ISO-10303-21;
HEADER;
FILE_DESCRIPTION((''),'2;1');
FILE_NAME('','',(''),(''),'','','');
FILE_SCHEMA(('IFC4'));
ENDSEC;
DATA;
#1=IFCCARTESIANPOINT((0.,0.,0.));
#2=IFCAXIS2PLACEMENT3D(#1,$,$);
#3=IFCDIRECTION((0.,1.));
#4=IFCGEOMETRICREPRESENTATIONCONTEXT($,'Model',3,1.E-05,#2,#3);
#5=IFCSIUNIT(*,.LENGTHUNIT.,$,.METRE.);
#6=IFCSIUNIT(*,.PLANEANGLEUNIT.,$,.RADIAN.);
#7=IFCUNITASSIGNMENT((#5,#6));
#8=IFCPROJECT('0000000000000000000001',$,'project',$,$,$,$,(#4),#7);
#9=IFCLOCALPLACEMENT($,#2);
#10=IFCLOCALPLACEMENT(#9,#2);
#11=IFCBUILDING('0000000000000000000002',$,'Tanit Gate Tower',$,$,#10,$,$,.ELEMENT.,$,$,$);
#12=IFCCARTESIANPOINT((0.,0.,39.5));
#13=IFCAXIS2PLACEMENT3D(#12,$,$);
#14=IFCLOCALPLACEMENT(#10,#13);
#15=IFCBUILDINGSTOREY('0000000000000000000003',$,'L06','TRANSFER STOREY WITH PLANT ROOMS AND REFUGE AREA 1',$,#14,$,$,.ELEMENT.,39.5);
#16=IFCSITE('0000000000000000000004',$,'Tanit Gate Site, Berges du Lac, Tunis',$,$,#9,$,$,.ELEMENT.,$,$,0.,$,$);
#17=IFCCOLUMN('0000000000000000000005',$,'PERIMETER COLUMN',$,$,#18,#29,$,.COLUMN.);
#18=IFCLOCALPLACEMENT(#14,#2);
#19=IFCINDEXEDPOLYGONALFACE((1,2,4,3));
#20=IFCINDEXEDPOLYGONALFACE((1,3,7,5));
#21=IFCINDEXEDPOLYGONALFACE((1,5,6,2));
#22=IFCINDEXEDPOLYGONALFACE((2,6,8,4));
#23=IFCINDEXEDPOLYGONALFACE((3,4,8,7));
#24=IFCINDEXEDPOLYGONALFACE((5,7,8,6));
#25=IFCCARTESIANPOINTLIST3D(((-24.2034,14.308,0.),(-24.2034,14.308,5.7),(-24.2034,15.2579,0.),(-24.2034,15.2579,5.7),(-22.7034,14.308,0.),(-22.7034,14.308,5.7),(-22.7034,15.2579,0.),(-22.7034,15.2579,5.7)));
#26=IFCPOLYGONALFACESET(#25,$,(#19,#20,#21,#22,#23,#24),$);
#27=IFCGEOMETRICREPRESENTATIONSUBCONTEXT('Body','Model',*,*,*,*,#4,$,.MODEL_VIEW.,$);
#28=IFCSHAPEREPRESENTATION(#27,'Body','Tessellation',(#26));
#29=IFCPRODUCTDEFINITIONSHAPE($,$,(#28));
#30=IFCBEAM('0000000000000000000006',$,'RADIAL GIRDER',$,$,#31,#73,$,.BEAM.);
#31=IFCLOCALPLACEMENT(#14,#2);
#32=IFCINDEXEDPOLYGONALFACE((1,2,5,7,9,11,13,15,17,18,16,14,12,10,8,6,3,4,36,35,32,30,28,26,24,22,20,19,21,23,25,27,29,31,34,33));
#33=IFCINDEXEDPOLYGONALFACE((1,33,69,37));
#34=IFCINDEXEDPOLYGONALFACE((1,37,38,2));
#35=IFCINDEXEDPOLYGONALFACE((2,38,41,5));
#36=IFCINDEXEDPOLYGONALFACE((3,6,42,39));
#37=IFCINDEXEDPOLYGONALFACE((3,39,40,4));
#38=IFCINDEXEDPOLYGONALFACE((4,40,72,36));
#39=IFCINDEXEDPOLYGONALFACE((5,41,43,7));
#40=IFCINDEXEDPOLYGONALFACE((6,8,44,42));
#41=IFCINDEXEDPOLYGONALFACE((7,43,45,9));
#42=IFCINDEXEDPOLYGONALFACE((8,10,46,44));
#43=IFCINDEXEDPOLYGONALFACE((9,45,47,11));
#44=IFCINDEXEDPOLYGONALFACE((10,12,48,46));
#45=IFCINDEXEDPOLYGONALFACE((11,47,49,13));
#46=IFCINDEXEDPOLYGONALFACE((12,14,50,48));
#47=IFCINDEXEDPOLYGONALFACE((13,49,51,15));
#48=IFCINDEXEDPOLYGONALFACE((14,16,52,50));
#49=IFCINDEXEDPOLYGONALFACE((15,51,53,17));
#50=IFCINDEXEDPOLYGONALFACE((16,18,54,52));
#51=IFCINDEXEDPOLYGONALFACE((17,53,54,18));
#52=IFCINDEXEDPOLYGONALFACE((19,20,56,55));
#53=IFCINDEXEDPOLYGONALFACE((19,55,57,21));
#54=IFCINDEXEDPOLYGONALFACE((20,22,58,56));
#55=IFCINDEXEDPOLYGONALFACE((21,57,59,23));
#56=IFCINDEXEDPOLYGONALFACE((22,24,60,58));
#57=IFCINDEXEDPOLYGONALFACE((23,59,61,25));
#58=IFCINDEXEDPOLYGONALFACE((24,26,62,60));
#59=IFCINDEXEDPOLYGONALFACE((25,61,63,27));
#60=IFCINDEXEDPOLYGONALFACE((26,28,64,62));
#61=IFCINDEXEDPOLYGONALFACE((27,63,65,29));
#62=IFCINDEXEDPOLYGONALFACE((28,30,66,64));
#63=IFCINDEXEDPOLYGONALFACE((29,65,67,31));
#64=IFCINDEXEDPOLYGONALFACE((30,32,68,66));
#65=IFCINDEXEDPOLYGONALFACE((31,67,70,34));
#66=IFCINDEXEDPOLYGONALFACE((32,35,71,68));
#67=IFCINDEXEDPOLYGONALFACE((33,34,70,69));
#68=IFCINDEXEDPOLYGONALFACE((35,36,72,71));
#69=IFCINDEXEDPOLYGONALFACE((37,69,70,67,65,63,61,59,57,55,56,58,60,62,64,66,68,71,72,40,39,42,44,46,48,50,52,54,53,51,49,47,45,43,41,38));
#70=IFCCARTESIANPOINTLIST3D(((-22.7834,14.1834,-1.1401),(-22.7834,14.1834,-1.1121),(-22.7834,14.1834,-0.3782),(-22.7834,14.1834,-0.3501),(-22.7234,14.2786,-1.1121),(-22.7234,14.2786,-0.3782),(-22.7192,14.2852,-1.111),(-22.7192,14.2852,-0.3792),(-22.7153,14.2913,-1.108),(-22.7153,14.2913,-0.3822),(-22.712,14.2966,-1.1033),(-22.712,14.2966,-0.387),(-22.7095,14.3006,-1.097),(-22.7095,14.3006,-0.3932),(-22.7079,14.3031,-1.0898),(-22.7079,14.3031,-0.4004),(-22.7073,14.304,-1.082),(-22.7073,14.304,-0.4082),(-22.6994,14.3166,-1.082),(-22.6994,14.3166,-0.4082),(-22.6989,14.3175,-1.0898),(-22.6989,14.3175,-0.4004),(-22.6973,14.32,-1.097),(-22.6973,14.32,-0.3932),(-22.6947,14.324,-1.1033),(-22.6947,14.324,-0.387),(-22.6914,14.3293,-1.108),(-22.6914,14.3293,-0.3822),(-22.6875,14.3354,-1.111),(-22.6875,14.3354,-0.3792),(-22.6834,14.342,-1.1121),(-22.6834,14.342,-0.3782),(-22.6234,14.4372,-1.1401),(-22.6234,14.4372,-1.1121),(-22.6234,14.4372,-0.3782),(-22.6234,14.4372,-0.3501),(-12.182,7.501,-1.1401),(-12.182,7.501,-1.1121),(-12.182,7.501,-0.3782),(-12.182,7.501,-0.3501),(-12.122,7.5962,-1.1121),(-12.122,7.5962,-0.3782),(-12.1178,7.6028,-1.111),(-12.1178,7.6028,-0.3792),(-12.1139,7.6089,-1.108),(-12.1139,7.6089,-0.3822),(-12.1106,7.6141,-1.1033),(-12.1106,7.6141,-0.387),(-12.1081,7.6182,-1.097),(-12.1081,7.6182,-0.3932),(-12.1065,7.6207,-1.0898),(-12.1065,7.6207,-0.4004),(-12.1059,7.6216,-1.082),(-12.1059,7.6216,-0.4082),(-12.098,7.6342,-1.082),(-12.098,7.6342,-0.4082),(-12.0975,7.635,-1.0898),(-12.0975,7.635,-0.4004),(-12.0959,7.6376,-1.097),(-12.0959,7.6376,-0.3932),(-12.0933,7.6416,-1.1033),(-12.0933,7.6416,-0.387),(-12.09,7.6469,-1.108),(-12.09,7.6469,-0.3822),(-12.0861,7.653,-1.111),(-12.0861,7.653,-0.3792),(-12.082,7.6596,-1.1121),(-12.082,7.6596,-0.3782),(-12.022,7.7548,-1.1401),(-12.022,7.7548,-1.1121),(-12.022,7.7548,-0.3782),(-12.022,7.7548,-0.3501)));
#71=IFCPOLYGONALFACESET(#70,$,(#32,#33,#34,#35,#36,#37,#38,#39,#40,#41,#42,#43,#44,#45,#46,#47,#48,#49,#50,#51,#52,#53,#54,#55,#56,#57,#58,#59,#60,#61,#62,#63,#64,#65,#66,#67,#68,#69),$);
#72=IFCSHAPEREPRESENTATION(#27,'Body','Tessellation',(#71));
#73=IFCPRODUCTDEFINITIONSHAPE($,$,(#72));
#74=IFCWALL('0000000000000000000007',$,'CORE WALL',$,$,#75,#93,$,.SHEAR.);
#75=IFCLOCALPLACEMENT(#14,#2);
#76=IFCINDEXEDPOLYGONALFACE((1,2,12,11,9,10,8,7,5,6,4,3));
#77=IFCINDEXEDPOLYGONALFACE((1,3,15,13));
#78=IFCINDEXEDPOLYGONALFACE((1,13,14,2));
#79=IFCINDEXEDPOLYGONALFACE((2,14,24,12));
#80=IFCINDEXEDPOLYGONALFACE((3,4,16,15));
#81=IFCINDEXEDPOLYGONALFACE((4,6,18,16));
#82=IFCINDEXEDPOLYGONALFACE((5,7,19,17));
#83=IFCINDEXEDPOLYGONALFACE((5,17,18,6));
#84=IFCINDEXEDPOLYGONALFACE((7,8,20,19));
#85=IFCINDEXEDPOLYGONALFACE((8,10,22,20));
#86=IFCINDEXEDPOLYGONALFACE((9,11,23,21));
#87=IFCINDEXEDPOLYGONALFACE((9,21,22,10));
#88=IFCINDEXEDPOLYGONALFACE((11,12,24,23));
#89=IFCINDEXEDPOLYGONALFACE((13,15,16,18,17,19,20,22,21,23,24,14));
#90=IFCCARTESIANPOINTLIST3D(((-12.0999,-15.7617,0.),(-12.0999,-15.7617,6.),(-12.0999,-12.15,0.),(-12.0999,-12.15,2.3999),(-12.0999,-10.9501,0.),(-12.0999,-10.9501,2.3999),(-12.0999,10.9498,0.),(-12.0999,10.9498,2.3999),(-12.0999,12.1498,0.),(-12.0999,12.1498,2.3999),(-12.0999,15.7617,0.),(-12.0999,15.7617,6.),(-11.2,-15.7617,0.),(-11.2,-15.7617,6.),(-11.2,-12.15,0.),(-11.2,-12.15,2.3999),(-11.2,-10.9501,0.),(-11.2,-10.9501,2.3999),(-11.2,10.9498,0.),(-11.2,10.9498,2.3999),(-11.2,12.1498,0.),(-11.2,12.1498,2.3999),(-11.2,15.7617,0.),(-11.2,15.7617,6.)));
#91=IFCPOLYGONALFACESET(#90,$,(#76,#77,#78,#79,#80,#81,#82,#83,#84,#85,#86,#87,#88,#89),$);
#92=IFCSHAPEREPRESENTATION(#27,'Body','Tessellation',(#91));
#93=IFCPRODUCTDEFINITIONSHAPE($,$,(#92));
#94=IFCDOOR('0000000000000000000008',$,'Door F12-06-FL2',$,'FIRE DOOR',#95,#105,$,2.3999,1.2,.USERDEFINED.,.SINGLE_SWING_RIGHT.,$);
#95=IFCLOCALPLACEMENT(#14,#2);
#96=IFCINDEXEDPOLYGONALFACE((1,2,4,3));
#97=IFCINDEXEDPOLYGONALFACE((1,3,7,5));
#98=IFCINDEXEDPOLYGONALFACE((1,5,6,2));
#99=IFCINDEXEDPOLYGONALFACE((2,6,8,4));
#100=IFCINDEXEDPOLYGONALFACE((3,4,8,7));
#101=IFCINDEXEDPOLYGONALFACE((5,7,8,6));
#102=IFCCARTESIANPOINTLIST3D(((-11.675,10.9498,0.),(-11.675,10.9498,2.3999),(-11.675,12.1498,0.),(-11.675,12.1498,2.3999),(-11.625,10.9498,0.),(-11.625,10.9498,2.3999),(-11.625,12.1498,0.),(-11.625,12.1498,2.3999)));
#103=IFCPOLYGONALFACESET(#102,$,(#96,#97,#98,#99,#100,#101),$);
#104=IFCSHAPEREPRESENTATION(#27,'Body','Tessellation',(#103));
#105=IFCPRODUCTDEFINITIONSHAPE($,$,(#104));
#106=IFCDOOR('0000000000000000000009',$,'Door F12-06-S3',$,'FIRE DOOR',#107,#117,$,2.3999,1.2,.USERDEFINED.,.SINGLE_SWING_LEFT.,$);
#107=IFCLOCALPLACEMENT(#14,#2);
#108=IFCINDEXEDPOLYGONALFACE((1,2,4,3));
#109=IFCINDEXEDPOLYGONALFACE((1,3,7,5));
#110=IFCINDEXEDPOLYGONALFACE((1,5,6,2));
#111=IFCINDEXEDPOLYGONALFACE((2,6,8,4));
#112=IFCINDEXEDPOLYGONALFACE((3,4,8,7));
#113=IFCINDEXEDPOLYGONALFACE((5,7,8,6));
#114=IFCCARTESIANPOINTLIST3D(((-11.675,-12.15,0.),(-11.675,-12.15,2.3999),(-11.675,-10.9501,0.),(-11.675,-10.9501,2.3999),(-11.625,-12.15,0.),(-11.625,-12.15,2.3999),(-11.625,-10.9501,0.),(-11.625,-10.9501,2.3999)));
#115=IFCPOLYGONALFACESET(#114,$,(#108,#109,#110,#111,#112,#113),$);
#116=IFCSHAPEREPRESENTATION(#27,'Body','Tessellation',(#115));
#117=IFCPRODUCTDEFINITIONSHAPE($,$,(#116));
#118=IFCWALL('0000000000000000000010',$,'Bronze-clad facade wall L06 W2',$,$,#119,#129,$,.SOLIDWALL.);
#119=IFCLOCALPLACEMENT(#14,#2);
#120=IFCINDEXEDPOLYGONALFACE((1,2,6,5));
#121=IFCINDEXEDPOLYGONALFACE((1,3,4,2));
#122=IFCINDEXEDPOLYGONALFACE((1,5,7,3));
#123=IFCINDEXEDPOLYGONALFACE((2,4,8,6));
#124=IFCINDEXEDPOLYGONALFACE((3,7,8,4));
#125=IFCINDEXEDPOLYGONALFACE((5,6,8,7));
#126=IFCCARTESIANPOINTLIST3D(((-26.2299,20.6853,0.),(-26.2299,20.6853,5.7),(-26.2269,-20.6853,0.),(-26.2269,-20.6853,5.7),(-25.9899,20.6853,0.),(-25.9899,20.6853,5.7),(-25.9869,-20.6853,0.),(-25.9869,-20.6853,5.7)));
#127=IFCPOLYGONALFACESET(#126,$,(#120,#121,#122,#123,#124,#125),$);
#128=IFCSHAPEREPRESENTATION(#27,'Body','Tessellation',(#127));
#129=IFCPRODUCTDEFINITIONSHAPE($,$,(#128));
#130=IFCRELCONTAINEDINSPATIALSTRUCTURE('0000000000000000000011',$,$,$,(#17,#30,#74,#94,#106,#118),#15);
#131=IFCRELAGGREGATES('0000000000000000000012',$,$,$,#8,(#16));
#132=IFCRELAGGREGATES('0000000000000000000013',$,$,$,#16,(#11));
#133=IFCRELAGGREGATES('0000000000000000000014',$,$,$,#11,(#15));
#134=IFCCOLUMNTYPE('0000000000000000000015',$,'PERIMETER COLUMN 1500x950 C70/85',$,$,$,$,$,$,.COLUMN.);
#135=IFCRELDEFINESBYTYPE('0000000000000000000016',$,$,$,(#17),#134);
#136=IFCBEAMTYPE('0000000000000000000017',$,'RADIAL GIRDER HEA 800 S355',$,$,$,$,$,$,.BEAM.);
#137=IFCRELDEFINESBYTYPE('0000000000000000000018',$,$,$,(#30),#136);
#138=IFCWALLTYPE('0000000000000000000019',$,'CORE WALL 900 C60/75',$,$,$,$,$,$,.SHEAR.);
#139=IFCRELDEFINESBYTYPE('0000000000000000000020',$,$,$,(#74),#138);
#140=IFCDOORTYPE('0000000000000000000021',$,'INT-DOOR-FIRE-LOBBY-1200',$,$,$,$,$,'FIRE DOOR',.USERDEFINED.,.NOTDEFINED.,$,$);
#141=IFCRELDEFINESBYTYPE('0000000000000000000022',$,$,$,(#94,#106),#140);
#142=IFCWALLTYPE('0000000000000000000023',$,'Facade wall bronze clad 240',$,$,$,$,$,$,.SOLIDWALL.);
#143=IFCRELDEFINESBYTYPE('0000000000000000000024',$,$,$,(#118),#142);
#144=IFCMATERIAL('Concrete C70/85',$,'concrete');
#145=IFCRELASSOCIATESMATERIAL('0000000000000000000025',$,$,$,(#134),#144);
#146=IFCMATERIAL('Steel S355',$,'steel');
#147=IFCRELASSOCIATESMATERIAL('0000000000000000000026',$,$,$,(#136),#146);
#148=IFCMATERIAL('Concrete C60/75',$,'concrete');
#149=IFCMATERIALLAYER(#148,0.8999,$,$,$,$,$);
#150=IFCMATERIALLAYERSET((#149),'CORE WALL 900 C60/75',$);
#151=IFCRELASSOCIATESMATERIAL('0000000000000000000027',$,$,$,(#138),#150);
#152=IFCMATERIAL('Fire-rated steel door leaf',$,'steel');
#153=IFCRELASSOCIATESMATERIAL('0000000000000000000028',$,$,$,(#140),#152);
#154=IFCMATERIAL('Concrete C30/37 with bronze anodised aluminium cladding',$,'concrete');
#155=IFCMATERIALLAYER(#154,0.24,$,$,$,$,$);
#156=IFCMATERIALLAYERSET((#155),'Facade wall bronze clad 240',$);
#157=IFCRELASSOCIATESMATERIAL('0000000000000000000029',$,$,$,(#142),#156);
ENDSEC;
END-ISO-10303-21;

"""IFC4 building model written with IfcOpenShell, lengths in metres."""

from ifc_helpers import new_model, si_unit, direction, frame, frame_2d, origin, origin_2d, place, context, subcontext, project, spatial, rectangle, i_section, extrude, material, layer, layer_set, material_profile, profile_set, type_object, element, fill, save


model = new_model("IFC4")

# Units and contexts
model_context = context("Model", 3, precision=1e-05, world=origin(), true_north=direction((0.0, 1.0)))
body_context = subcontext(model_context, "Body", "Model", "MODEL_VIEW")
ifc_project = project(units=[si_unit("LENGTHUNIT", "METRE"), si_unit("PLANEANGLEUNIT", "RADIAN")], contexts=[model_context])

# Site, building, storey
site_placement = place(None, origin())
site = spatial("IfcSite", under=ifc_project, at=site_placement, Name="Tanit Gate Site, Berges du Lac, Tunis", CompositionType="ELEMENT", RefElevation=0.0)
building_placement = place(site_placement, origin())
building = spatial("IfcBuilding", under=site, at=building_placement, Name="Tanit Gate Tower", CompositionType="ELEMENT")
storey_placement = place(building_placement, frame((0.0, 0.0, 39.5)))
storey = spatial("IfcBuildingStorey", under=building, at=storey_placement, Name="L06", Description="TRANSFER STOREY WITH PLANT ROOMS AND REFUGE AREA 1", CompositionType="ELEMENT", Elevation=39.5)

# Column
ifc_material_1 = material(Name="Concrete C70/85", Category="concrete")
ifc_material_profile_1 = material_profile(ifc_material_1, rectangle(XDim=1.5, YDim=0.95, at=origin_2d()), Name="RC 1500x950")
ifc_profile_set_1 = profile_set([ifc_material_profile_1], Name="Concrete C70/85")
column_type = type_object("IfcColumnType", Name="PERIMETER COLUMN 1500x950 C70/85", PredefinedType="COLUMN", material=ifc_profile_set_1)
column_placement = place(storey_placement, frame((-23.4534, 14.783, 0.0), z_axis=(0.0, 0.0, 1.0), x_axis=(-1.0, 0.0, 0.0)))
element("IfcColumn", 1, at=column_placement, inside=storey, type_object=column_type, Name="PERIMETER COLUMN", PredefinedType="COLUMN", context=body_context, shape_type="SweptSolid", body=[
    extrude(rectangle(XDim=1.5, YDim=0.95, at=origin_2d()), origin(), (0.0, 0.0, 1.0), 5.7),
])

# Beam
ifc_material_2 = material(Name="Steel S355", Category="steel")
ifc_material_profile_2 = material_profile(ifc_material_2, i_section(OverallWidth=0.3, OverallDepth=0.79, WebThickness=0.0149, FlangeThickness=0.0281, FilletRadius=0.03, at=origin_2d()), Name="HEA 800")
ifc_profile_set_2 = profile_set([ifc_material_profile_2], Name="Steel S355")
beam_type = type_object("IfcBeamType", Name="RADIAL GIRDER HEA 800 S355", PredefinedType="BEAM", material=ifc_profile_set_2)
beam_placement = place(storey_placement, frame((-22.7034, 14.3103, -0.7451), z_axis=(0.845964, -0.53324, 0.0), x_axis=(0.53324, 0.845964, 0.0)))
element("IfcBeam", 2, at=beam_placement, inside=storey, type_object=beam_type, Name="RADIAL GIRDER", PredefinedType="BEAM", context=body_context, shape_type="SweptSolid", body=[
    extrude(i_section(OverallWidth=0.3, OverallDepth=0.79, WebThickness=0.0149, FlangeThickness=0.0281, FilletRadius=0.03, at=origin_2d()), origin(), (0.0, 0.0, 1.0), 12.5317),
])

# Wall, openings, doors
ifc_material_3 = material(Name="Concrete C60/75", Category="concrete")
ifc_layer_1 = layer(ifc_material_3, 0.8999)
ifc_layer_set_1 = layer_set([ifc_layer_1], Name="CORE WALL 900 C60/75")
wall_type_1 = type_object("IfcWallType", Name="CORE WALL 900 C60/75", PredefinedType="SHEAR", material=ifc_layer_set_1)
wall_1_placement = place(storey_placement, frame((-11.6499, 15.7617, 0.0), z_axis=(0.0, 0.0, 1.0), x_axis=(0.0, -1.0, 0.0)))
wall_1 = element("IfcWall", 3, at=wall_1_placement, inside=storey, type_object=wall_type_1, Name="CORE WALL", PredefinedType="SHEAR", context=body_context, shape_type="SweptSolid", body=[
    extrude(rectangle(XDim=31.5234, YDim=0.8999, at=frame_2d((15.7617, 0.0))), origin(), (0.0, 0.0, 1.0), 6.0),
])
opening_1_placement = place(wall_1_placement, frame((3.6118, 0.0, 0.0)))
opening_1 = element("IfcOpeningElement", 4, at=opening_1_placement, cuts=wall_1, PredefinedType="OPENING", context=body_context, shape_type="SweptSolid", body=[
    extrude(rectangle(XDim=1.2, YDim=2.3999, at=frame_2d((0.6001, 1.2))), frame((0.0, 0.46, 0.0), z_axis=(0.0, -1.0, 0.0), x_axis=(1.0, 0.0, 0.0)), (0.0, 0.0, 1.0), 0.9199),
])
opening_2_placement = place(wall_1_placement, frame((26.7117, 0.0, 0.0)))
opening_2 = element("IfcOpeningElement", 5, at=opening_2_placement, cuts=wall_1, PredefinedType="OPENING", context=body_context, shape_type="SweptSolid", body=[
    extrude(rectangle(XDim=1.2, YDim=2.3999, at=frame_2d((0.6001, 1.2))), frame((0.0, 0.46, 0.0), z_axis=(0.0, -1.0, 0.0), x_axis=(1.0, 0.0, 0.0)), (0.0, 0.0, 1.0), 0.9199),
])
ifc_material_4 = material(Name="Fire-rated steel door leaf", Category="steel")
door_type_1 = type_object("IfcDoorType", Name="INT-DOOR-FIRE-LOBBY-1200", ElementType="FIRE DOOR", OperationType="NOTDEFINED", PredefinedType="USERDEFINED", material=ifc_material_4)
door_1_placement = place(opening_1_placement, origin())
door_1 = element("IfcDoor", 6, at=door_1_placement, inside=storey, type_object=door_type_1, Name="Door F12-06-FL2", ObjectType="FIRE DOOR", OperationType="SINGLE_SWING_RIGHT", OverallHeight=2.3999, OverallWidth=1.2, PredefinedType="USERDEFINED", context=body_context, shape_type="SweptSolid", body=[
    extrude(rectangle(XDim=1.2, YDim=2.3999, at=frame_2d((0.6001, 1.2))), frame((0.0, 0.0249, 0.0), z_axis=(0.0, -1.0, 0.0), x_axis=(1.0, 0.0, 0.0)), (0.0, 0.0, 1.0), 0.05),
])
fill(opening_1, door_1)
door_2_placement = place(opening_2_placement, origin())
door_2 = element("IfcDoor", 7, at=door_2_placement, inside=storey, type_object=door_type_1, Name="Door F12-06-S3", ObjectType="FIRE DOOR", OperationType="SINGLE_SWING_LEFT", OverallHeight=2.3999, OverallWidth=1.2, PredefinedType="USERDEFINED", context=body_context, shape_type="SweptSolid", body=[
    extrude(rectangle(XDim=1.2, YDim=2.3999, at=frame_2d((0.6001, 1.2))), frame((0.0, 0.0249, 0.0), z_axis=(0.0, -1.0, 0.0), x_axis=(1.0, 0.0, 0.0)), (0.0, 0.0, 1.0), 0.05),
])
fill(opening_2, door_2)

# Wall
ifc_material_5 = material(Name="Concrete C30/37 with bronze anodised aluminium cladding", Category="concrete")
ifc_layer_2 = layer(ifc_material_5, 0.24)
ifc_layer_set_2 = layer_set([ifc_layer_2], Name="Facade wall bronze clad 240")
wall_type_2 = type_object("IfcWallType", Name="Facade wall bronze clad 240", PredefinedType="SOLIDWALL", material=ifc_layer_set_2)
wall_2_placement = place(storey_placement, frame((-26.1099, 20.6853, 0.0), z_axis=(0.0, 0.0, 1.0), x_axis=(0.000071, -1.0, 0.0)))
element("IfcWall", 8, at=wall_2_placement, inside=storey, type_object=wall_type_2, Name="Bronze-clad facade wall L06 W2", PredefinedType="SOLIDWALL", context=body_context, shape_type="SweptSolid", body=[
    extrude(rectangle(XDim=41.3706, YDim=0.24, at=frame_2d((20.6853, 0.0))), origin(), (0.0, 0.0, 1.0), 5.7),
])

save(model, "model.ifc")
